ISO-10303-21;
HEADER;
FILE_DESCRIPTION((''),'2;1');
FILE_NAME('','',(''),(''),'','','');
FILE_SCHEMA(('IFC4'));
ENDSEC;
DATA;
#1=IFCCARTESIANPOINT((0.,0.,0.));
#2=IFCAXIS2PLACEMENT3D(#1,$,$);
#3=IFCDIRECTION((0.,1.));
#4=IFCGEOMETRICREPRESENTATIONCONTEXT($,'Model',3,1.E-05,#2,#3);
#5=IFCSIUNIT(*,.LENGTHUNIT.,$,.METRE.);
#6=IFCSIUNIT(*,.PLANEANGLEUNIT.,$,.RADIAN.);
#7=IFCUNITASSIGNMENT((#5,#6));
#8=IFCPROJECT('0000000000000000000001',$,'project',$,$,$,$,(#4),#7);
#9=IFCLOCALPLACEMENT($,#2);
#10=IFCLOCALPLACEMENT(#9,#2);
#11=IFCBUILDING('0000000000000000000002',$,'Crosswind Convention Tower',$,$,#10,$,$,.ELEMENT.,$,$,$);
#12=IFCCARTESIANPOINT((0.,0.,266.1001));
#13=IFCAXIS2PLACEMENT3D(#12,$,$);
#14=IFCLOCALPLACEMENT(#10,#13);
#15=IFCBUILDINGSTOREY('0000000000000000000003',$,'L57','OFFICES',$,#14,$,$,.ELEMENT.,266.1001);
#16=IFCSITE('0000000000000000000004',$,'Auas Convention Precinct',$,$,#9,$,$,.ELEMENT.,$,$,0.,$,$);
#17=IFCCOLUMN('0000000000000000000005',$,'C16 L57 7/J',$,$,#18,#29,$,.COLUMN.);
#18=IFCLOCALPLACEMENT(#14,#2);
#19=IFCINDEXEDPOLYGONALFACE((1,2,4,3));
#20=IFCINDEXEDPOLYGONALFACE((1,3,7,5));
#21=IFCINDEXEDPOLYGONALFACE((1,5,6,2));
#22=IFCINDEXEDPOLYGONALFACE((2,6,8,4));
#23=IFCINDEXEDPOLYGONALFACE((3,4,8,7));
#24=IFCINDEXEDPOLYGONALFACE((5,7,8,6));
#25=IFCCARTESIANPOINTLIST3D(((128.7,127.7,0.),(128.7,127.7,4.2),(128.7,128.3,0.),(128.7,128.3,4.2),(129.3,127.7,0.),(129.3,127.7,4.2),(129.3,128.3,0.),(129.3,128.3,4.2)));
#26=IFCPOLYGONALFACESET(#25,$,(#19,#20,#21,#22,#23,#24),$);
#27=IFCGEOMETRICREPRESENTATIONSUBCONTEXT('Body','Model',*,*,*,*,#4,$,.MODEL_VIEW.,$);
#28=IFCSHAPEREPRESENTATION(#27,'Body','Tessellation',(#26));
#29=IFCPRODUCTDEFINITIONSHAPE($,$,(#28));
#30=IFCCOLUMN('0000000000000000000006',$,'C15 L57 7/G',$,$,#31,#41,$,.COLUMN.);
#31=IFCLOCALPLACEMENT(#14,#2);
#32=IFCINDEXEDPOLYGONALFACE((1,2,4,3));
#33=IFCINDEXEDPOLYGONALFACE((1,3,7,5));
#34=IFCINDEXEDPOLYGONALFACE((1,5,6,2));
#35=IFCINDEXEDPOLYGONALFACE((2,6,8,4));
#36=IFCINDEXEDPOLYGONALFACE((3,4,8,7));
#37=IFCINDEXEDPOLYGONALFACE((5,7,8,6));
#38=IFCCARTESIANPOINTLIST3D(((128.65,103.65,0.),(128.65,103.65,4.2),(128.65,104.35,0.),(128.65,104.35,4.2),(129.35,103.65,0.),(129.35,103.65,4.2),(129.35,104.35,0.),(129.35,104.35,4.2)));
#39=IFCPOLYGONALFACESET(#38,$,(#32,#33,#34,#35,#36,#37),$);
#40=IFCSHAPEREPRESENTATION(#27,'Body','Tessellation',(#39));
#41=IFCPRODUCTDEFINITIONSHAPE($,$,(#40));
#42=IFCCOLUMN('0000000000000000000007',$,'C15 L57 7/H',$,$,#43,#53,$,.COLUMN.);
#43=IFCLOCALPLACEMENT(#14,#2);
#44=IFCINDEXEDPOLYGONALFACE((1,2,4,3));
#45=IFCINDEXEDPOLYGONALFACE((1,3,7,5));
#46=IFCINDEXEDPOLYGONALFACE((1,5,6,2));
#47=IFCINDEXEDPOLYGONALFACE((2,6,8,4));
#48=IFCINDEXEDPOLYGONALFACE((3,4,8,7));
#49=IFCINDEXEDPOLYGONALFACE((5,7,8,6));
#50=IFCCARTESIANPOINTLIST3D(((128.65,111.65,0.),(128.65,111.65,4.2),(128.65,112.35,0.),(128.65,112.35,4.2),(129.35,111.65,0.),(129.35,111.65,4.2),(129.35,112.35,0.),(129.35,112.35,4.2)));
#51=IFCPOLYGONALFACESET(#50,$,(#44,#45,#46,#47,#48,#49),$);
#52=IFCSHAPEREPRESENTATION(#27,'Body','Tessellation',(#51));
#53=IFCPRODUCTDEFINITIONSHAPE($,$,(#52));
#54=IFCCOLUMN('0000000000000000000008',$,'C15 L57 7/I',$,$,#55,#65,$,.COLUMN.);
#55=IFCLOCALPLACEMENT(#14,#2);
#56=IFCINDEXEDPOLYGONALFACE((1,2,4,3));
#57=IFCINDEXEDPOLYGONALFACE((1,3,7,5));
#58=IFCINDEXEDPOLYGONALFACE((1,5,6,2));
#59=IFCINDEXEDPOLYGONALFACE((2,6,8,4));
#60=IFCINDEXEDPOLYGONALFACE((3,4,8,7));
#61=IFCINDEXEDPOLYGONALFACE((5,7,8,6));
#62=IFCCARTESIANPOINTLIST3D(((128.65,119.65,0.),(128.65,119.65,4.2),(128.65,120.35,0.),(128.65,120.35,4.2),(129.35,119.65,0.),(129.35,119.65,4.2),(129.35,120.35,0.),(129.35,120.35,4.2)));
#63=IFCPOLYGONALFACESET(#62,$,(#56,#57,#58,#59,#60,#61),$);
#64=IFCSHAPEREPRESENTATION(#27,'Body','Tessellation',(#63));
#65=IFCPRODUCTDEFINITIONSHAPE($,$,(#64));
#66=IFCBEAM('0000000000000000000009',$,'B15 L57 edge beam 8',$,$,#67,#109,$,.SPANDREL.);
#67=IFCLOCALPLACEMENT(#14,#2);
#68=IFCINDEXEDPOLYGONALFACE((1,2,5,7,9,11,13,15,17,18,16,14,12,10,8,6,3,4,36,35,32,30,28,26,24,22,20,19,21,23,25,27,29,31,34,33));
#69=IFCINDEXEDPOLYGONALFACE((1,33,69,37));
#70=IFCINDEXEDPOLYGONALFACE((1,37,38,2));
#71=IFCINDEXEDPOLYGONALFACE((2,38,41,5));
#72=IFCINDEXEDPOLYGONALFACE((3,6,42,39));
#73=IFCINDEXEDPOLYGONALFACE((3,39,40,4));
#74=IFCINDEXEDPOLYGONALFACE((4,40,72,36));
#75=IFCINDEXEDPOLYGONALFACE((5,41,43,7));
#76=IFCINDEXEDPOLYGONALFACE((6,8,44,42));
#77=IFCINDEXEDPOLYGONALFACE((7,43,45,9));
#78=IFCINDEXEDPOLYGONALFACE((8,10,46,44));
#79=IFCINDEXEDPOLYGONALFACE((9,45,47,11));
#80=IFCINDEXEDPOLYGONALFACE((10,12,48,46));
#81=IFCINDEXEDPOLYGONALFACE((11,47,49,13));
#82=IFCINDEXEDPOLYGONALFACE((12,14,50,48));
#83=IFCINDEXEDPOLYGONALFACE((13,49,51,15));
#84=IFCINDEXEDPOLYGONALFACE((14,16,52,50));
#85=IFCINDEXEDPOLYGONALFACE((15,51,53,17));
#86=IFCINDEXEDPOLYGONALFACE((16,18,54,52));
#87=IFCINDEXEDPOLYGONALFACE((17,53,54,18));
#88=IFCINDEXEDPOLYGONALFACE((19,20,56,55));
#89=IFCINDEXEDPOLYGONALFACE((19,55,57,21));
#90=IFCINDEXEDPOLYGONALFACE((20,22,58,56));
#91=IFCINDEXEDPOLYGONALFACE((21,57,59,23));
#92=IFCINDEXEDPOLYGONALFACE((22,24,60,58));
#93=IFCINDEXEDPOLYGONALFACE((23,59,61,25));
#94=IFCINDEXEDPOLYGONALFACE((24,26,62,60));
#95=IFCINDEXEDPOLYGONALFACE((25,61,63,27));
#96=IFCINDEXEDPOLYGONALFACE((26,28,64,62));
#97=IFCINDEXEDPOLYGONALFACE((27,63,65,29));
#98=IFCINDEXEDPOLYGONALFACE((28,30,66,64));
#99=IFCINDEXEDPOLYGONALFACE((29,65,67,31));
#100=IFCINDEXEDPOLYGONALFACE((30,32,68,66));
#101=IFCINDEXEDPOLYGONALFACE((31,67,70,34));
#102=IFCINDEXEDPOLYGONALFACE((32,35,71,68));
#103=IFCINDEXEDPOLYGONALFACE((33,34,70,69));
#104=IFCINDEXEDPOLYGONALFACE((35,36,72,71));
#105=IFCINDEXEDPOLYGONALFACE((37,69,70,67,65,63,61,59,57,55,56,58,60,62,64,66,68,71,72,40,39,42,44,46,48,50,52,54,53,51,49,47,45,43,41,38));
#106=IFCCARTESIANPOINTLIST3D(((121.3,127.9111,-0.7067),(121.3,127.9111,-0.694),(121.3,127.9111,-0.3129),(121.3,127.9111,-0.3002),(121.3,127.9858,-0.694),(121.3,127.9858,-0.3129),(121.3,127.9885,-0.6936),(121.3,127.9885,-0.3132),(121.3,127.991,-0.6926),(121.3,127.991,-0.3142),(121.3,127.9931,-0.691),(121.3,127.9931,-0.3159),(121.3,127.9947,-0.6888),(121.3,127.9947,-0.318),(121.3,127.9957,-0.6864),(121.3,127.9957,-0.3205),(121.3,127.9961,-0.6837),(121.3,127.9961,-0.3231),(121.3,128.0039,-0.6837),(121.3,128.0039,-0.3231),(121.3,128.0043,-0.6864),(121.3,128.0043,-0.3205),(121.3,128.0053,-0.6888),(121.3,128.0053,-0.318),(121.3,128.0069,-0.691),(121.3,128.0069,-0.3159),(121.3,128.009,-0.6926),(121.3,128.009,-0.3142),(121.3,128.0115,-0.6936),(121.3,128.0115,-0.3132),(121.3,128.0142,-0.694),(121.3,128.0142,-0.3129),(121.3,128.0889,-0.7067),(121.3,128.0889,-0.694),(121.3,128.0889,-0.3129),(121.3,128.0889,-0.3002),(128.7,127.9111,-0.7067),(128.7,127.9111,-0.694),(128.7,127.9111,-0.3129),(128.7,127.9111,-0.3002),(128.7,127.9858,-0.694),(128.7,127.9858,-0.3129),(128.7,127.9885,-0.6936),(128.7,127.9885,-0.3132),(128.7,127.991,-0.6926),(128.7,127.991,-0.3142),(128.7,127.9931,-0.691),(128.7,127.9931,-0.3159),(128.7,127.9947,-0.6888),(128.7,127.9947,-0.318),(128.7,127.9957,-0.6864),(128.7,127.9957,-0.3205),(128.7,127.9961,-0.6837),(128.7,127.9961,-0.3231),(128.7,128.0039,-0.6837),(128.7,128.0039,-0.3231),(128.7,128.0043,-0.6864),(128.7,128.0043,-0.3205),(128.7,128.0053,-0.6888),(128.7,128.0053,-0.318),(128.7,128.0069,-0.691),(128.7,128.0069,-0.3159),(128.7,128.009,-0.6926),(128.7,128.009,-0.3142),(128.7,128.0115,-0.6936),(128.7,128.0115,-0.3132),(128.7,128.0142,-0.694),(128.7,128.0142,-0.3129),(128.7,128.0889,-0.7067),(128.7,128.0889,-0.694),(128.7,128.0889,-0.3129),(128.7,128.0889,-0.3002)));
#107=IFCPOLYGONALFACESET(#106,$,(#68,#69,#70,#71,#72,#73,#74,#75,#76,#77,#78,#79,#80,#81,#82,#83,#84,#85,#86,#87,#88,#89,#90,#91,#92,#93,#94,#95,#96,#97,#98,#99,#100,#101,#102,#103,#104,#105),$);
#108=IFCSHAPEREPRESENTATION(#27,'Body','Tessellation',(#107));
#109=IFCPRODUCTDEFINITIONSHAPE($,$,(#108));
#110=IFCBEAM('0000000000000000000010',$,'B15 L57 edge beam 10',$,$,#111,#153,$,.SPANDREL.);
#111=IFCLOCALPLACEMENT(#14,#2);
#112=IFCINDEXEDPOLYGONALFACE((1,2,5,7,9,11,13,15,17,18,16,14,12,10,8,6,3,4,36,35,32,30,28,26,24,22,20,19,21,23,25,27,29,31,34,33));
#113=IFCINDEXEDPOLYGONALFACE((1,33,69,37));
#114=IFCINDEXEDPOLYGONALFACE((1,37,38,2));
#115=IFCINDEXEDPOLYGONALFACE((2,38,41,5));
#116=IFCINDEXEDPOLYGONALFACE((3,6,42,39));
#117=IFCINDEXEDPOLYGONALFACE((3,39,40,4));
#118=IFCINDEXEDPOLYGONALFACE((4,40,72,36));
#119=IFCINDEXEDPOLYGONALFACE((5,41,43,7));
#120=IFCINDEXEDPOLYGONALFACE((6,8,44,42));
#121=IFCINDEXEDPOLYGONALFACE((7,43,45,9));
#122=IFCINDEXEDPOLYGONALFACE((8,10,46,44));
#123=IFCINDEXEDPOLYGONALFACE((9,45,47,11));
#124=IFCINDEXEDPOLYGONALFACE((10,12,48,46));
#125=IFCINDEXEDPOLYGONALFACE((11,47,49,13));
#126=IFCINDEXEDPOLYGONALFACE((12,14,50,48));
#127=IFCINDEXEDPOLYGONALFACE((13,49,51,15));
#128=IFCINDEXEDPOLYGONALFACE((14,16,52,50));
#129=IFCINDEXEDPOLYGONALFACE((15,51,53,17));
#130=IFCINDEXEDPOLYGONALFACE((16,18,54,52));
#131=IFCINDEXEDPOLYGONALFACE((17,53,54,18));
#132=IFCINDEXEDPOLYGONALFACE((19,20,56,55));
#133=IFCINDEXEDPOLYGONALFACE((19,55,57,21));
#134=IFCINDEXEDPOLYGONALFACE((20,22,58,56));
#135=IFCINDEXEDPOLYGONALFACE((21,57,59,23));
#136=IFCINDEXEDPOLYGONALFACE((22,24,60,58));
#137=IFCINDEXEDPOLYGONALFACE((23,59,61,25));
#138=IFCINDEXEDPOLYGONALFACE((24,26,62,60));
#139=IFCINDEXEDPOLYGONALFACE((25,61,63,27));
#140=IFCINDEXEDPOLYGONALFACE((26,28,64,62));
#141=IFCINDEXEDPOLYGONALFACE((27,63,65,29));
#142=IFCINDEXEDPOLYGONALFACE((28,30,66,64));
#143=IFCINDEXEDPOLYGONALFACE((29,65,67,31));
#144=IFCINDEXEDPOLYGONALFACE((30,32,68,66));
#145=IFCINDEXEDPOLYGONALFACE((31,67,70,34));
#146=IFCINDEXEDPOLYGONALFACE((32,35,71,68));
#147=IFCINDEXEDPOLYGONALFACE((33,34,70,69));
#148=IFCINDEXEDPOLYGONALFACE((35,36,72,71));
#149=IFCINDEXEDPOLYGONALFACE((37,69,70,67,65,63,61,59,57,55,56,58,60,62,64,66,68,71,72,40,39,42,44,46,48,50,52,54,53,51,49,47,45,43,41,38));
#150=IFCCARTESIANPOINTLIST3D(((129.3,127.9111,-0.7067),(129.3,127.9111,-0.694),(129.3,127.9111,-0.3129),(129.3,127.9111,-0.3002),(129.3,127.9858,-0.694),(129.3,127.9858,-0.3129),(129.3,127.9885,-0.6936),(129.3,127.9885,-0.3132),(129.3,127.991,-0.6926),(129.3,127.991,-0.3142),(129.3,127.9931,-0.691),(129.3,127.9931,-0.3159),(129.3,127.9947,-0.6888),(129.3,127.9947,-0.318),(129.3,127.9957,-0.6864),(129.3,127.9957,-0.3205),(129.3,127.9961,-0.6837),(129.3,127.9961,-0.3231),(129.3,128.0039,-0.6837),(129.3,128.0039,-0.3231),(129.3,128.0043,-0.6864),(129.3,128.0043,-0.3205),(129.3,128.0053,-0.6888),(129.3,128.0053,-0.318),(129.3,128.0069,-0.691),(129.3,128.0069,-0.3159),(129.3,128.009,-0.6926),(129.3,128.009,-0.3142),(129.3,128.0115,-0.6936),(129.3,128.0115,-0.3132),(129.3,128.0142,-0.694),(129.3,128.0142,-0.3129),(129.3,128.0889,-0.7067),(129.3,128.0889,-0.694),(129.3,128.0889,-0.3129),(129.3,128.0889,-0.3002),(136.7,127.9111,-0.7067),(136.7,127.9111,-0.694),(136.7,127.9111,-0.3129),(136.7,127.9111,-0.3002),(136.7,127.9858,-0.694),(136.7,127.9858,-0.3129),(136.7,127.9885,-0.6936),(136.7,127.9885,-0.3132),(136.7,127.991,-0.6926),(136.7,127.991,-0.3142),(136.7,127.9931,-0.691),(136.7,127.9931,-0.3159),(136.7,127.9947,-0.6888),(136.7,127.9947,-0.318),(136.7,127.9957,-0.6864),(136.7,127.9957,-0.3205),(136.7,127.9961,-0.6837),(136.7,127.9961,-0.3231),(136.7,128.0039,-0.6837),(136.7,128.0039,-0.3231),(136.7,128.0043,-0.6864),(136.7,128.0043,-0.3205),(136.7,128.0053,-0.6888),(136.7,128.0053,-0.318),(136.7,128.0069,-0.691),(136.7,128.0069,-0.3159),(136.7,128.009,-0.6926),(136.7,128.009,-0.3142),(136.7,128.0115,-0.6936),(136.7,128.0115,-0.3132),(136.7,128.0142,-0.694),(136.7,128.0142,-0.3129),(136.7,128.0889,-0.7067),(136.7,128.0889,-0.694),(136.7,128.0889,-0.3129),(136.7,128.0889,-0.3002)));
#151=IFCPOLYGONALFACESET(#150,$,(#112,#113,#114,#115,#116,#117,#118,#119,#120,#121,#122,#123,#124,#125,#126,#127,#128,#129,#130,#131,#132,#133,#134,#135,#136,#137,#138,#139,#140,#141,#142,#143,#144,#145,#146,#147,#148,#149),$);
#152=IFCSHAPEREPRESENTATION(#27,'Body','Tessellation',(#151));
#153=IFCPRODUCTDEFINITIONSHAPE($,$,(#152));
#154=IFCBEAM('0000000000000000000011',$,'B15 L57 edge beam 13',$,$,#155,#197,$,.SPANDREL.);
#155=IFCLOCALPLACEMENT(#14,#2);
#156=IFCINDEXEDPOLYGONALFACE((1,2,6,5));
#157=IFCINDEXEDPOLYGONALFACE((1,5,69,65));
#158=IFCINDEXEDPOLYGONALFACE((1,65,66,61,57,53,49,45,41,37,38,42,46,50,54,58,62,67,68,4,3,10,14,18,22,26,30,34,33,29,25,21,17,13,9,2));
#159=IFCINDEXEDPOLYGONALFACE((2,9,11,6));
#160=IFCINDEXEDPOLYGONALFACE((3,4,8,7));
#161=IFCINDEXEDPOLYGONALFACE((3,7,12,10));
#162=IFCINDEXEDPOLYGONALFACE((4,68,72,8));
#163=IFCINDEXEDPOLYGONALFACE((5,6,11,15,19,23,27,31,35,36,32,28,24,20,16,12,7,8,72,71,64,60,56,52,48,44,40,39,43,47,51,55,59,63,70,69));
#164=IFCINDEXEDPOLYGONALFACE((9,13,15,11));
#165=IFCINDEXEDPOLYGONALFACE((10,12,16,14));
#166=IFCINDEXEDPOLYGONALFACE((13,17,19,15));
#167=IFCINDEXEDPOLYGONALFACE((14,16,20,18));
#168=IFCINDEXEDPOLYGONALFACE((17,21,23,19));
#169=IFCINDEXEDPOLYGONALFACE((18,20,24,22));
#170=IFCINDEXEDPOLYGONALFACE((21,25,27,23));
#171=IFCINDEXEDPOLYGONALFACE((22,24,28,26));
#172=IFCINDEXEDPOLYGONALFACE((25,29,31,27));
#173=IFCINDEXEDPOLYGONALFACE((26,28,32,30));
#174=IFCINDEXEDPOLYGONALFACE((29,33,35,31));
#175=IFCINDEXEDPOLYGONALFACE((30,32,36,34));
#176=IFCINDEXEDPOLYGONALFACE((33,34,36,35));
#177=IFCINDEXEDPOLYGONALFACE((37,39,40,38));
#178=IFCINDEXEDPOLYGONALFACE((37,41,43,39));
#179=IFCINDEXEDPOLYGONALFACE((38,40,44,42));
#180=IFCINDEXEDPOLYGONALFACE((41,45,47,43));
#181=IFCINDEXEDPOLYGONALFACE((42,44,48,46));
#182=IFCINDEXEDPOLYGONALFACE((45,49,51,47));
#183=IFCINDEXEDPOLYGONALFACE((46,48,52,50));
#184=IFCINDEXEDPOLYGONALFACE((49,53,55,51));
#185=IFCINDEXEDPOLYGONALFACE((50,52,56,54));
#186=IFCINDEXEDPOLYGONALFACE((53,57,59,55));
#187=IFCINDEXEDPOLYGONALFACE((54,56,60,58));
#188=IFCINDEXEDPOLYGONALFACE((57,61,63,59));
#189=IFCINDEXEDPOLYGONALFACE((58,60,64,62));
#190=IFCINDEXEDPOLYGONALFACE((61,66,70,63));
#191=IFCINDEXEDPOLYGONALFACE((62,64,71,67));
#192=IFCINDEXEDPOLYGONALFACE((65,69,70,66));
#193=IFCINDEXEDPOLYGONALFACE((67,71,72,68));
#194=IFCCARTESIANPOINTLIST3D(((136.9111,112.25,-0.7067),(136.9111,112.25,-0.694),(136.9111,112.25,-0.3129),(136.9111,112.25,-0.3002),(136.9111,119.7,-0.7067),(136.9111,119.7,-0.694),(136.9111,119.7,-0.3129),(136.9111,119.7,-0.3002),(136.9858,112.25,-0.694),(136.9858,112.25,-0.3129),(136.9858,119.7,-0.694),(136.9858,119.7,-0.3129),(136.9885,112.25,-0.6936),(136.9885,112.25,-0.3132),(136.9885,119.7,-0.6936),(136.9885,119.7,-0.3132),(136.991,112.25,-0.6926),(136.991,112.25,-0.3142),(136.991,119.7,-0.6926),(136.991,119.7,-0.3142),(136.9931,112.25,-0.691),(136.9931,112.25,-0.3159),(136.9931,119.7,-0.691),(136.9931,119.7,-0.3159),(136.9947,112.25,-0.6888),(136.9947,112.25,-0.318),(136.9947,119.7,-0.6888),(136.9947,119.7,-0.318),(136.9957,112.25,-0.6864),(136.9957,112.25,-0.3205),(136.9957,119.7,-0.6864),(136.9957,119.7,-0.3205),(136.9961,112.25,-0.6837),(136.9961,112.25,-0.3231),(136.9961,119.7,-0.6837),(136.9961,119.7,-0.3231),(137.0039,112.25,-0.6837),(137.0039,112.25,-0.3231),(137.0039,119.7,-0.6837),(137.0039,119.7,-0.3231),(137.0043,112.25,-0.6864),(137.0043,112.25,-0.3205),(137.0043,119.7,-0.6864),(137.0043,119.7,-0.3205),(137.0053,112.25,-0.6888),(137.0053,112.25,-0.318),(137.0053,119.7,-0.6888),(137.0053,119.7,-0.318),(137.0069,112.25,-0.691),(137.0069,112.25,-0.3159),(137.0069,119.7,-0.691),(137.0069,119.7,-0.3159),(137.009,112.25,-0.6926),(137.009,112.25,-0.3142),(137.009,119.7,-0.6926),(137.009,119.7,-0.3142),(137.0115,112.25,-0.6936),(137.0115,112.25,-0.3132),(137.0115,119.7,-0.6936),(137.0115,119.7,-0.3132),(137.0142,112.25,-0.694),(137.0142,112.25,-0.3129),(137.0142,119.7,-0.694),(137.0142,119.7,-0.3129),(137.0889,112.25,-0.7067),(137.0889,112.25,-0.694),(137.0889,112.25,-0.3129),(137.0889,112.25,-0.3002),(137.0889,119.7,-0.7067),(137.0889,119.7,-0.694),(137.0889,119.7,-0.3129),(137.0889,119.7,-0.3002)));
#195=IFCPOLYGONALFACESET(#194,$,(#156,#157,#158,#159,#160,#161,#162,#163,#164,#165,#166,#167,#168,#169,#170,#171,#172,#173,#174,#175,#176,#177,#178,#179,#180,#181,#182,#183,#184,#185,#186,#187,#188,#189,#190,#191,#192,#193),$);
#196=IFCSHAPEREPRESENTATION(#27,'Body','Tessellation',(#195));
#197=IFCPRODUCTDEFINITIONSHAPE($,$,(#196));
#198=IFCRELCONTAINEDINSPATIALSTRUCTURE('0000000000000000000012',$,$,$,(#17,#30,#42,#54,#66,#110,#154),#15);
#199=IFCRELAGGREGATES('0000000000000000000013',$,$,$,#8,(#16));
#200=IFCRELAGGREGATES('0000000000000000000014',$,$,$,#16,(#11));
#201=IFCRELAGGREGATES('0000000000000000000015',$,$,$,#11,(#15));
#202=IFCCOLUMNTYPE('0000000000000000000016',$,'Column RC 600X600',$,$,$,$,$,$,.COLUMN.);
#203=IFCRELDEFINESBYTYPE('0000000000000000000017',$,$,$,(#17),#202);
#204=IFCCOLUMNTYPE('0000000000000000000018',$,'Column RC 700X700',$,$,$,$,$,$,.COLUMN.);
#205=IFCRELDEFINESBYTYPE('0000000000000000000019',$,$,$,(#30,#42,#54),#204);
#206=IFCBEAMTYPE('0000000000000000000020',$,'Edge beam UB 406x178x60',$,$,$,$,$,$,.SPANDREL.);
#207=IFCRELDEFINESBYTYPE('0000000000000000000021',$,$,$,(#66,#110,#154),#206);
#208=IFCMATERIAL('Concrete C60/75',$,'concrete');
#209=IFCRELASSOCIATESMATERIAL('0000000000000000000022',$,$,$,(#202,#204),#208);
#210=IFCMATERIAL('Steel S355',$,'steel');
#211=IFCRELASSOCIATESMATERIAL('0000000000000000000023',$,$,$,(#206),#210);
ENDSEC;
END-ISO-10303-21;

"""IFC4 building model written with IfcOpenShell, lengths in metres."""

from ifc_helpers import new_model, si_unit, direction, frame, origin, origin_2d, place, context, subcontext, project, spatial, rectangle, i_section, extrude, material, material_profile, profile_set, type_object, element, save


model = new_model("IFC4")

# Units and contexts
model_context = context("Model", 3, precision=1e-05, world=origin(), true_north=direction((0.0, 1.0)))
body_context = subcontext(model_context, "Body", "Model", "MODEL_VIEW")
ifc_project = project(units=[si_unit("LENGTHUNIT", "METRE"), si_unit("PLANEANGLEUNIT", "RADIAN")], contexts=[model_context])

# Site, building, storey
site_placement = place(None, origin())
site = spatial("IfcSite", under=ifc_project, at=site_placement, Name="Auas Convention Precinct", CompositionType="ELEMENT", RefElevation=0.0)
building_placement = place(site_placement, origin())
building = spatial("IfcBuilding", under=site, at=building_placement, Name="Crosswind Convention Tower", CompositionType="ELEMENT")
storey_placement = place(building_placement, frame((0.0, 0.0, 266.1001)))
storey = spatial("IfcBuildingStorey", under=building, at=storey_placement, Name="L57", Description="OFFICES", CompositionType="ELEMENT", Elevation=266.1001)

# Columns
ifc_material_1 = material(Name="Concrete C60/75", Category="concrete")
ifc_material_profile_1 = material_profile(ifc_material_1, rectangle(XDim=0.6001, YDim=0.6001, at=origin_2d()), Name="RC 600X600")
ifc_profile_set_1 = profile_set([ifc_material_profile_1], Name="Concrete C60/75")
column_type_1 = type_object("IfcColumnType", Name="Column RC 600X600", PredefinedType="COLUMN", material=ifc_profile_set_1)
column_placement = place(storey_placement, frame((129.0, 128.0, 0.0), z_axis=(0.0, 0.0, 1.0), x_axis=(1.0, 0.0, 0.0)))
element("IfcColumn", 1, at=column_placement, inside=storey, type_object=column_type_1, Name="C16 L57 7/J", PredefinedType="COLUMN", context=body_context, shape_type="SweptSolid", body=[
    extrude(rectangle(XDim=0.6001, YDim=0.6001, at=origin_2d()), origin(), (0.0, 0.0, 1.0), 4.2),
])
ifc_material_profile_2 = material_profile(ifc_material_1, rectangle(XDim=0.7, YDim=0.7, at=origin_2d()), Name="RC 700X700")
ifc_profile_set_2 = profile_set([ifc_material_profile_2], Name="Concrete C60/75")
column_type_2 = type_object("IfcColumnType", Name="Column RC 700X700", PredefinedType="COLUMN", material=ifc_profile_set_2)
for number, where, z_axis, x_axis, name in (
    (2, (129.0, 104.0, 0.0), (0.0, 0.0, 1.0), (1.0, 0.0, 0.0), "C15 L57 7/G"),
    (3, (129.0, 112.0, 0.0), (0.0, 0.0, 1.0), (1.0, 0.0, 0.0), "C15 L57 7/H"),
    (4, (129.0, 120.0, 0.0), (0.0, 0.0, 1.0), (1.0, 0.0, 0.0), "C15 L57 7/I"),
):
    element("IfcColumn", number, at=place(storey_placement, frame(where, z_axis=z_axis, x_axis=x_axis)), inside=storey, type_object=column_type_2, Name=name, PredefinedType="COLUMN", context=body_context, shape_type="SweptSolid", body=[
        extrude(rectangle(XDim=0.7, YDim=0.7, at=origin_2d()), origin(), (0.0, 0.0, 1.0), 4.2),
    ])

# Beams
ifc_material_2 = material(Name="Steel S355", Category="steel")
ifc_material_profile_3 = material_profile(ifc_material_2, i_section(OverallWidth=0.1777, OverallDepth=0.4065, WebThickness=0.0078, FlangeThickness=0.0127, FilletRadius=0.0103, at=origin_2d()), Name="UB 406x178x60")
ifc_profile_set_3 = profile_set([ifc_material_profile_3], Name="Steel S355")
beam_type_1 = type_object("IfcBeamType", Name="Edge beam UB 406x178x60", PredefinedType="SPANDREL", material=ifc_profile_set_3)
for number, where, z_axis, x_axis, name in (
    (5, (121.3, 128.0, -0.5034), (1.0, 0.0, 0.0), (0.0, 1.0, 0.0), "B15 L57 edge beam 8"),
    (6, (129.3, 128.0, -0.5034), (1.0, 0.0, 0.0), (0.0, 1.0, 0.0), "B15 L57 edge beam 10"),
):
    element("IfcBeam", number, at=place(storey_placement, frame(where, z_axis=z_axis, x_axis=x_axis)), inside=storey, type_object=beam_type_1, Name=name, PredefinedType="SPANDREL", context=body_context, shape_type="SweptSolid", body=[
        extrude(i_section(OverallWidth=0.1777, OverallDepth=0.4065, WebThickness=0.0078, FlangeThickness=0.0127, FilletRadius=0.0103, at=origin_2d()), origin(), (0.0, 0.0, 1.0), 7.3999),
    ])
beam_placement = place(storey_placement, frame((137.0, 112.25, -0.5034), z_axis=(0.0, 1.0, 0.0), x_axis=(-1.0, 0.0, 0.0)))
element("IfcBeam", 7, at=beam_placement, inside=storey, type_object=beam_type_1, Name="B15 L57 edge beam 13", PredefinedType="SPANDREL", context=body_context, shape_type="SweptSolid", body=[
    extrude(i_section(OverallWidth=0.1777, OverallDepth=0.4065, WebThickness=0.0078, FlangeThickness=0.0127, FilletRadius=0.0103, at=origin_2d()), origin(), (0.0, 0.0, 1.0), 7.45),
])

save(model, "model.ifc")
